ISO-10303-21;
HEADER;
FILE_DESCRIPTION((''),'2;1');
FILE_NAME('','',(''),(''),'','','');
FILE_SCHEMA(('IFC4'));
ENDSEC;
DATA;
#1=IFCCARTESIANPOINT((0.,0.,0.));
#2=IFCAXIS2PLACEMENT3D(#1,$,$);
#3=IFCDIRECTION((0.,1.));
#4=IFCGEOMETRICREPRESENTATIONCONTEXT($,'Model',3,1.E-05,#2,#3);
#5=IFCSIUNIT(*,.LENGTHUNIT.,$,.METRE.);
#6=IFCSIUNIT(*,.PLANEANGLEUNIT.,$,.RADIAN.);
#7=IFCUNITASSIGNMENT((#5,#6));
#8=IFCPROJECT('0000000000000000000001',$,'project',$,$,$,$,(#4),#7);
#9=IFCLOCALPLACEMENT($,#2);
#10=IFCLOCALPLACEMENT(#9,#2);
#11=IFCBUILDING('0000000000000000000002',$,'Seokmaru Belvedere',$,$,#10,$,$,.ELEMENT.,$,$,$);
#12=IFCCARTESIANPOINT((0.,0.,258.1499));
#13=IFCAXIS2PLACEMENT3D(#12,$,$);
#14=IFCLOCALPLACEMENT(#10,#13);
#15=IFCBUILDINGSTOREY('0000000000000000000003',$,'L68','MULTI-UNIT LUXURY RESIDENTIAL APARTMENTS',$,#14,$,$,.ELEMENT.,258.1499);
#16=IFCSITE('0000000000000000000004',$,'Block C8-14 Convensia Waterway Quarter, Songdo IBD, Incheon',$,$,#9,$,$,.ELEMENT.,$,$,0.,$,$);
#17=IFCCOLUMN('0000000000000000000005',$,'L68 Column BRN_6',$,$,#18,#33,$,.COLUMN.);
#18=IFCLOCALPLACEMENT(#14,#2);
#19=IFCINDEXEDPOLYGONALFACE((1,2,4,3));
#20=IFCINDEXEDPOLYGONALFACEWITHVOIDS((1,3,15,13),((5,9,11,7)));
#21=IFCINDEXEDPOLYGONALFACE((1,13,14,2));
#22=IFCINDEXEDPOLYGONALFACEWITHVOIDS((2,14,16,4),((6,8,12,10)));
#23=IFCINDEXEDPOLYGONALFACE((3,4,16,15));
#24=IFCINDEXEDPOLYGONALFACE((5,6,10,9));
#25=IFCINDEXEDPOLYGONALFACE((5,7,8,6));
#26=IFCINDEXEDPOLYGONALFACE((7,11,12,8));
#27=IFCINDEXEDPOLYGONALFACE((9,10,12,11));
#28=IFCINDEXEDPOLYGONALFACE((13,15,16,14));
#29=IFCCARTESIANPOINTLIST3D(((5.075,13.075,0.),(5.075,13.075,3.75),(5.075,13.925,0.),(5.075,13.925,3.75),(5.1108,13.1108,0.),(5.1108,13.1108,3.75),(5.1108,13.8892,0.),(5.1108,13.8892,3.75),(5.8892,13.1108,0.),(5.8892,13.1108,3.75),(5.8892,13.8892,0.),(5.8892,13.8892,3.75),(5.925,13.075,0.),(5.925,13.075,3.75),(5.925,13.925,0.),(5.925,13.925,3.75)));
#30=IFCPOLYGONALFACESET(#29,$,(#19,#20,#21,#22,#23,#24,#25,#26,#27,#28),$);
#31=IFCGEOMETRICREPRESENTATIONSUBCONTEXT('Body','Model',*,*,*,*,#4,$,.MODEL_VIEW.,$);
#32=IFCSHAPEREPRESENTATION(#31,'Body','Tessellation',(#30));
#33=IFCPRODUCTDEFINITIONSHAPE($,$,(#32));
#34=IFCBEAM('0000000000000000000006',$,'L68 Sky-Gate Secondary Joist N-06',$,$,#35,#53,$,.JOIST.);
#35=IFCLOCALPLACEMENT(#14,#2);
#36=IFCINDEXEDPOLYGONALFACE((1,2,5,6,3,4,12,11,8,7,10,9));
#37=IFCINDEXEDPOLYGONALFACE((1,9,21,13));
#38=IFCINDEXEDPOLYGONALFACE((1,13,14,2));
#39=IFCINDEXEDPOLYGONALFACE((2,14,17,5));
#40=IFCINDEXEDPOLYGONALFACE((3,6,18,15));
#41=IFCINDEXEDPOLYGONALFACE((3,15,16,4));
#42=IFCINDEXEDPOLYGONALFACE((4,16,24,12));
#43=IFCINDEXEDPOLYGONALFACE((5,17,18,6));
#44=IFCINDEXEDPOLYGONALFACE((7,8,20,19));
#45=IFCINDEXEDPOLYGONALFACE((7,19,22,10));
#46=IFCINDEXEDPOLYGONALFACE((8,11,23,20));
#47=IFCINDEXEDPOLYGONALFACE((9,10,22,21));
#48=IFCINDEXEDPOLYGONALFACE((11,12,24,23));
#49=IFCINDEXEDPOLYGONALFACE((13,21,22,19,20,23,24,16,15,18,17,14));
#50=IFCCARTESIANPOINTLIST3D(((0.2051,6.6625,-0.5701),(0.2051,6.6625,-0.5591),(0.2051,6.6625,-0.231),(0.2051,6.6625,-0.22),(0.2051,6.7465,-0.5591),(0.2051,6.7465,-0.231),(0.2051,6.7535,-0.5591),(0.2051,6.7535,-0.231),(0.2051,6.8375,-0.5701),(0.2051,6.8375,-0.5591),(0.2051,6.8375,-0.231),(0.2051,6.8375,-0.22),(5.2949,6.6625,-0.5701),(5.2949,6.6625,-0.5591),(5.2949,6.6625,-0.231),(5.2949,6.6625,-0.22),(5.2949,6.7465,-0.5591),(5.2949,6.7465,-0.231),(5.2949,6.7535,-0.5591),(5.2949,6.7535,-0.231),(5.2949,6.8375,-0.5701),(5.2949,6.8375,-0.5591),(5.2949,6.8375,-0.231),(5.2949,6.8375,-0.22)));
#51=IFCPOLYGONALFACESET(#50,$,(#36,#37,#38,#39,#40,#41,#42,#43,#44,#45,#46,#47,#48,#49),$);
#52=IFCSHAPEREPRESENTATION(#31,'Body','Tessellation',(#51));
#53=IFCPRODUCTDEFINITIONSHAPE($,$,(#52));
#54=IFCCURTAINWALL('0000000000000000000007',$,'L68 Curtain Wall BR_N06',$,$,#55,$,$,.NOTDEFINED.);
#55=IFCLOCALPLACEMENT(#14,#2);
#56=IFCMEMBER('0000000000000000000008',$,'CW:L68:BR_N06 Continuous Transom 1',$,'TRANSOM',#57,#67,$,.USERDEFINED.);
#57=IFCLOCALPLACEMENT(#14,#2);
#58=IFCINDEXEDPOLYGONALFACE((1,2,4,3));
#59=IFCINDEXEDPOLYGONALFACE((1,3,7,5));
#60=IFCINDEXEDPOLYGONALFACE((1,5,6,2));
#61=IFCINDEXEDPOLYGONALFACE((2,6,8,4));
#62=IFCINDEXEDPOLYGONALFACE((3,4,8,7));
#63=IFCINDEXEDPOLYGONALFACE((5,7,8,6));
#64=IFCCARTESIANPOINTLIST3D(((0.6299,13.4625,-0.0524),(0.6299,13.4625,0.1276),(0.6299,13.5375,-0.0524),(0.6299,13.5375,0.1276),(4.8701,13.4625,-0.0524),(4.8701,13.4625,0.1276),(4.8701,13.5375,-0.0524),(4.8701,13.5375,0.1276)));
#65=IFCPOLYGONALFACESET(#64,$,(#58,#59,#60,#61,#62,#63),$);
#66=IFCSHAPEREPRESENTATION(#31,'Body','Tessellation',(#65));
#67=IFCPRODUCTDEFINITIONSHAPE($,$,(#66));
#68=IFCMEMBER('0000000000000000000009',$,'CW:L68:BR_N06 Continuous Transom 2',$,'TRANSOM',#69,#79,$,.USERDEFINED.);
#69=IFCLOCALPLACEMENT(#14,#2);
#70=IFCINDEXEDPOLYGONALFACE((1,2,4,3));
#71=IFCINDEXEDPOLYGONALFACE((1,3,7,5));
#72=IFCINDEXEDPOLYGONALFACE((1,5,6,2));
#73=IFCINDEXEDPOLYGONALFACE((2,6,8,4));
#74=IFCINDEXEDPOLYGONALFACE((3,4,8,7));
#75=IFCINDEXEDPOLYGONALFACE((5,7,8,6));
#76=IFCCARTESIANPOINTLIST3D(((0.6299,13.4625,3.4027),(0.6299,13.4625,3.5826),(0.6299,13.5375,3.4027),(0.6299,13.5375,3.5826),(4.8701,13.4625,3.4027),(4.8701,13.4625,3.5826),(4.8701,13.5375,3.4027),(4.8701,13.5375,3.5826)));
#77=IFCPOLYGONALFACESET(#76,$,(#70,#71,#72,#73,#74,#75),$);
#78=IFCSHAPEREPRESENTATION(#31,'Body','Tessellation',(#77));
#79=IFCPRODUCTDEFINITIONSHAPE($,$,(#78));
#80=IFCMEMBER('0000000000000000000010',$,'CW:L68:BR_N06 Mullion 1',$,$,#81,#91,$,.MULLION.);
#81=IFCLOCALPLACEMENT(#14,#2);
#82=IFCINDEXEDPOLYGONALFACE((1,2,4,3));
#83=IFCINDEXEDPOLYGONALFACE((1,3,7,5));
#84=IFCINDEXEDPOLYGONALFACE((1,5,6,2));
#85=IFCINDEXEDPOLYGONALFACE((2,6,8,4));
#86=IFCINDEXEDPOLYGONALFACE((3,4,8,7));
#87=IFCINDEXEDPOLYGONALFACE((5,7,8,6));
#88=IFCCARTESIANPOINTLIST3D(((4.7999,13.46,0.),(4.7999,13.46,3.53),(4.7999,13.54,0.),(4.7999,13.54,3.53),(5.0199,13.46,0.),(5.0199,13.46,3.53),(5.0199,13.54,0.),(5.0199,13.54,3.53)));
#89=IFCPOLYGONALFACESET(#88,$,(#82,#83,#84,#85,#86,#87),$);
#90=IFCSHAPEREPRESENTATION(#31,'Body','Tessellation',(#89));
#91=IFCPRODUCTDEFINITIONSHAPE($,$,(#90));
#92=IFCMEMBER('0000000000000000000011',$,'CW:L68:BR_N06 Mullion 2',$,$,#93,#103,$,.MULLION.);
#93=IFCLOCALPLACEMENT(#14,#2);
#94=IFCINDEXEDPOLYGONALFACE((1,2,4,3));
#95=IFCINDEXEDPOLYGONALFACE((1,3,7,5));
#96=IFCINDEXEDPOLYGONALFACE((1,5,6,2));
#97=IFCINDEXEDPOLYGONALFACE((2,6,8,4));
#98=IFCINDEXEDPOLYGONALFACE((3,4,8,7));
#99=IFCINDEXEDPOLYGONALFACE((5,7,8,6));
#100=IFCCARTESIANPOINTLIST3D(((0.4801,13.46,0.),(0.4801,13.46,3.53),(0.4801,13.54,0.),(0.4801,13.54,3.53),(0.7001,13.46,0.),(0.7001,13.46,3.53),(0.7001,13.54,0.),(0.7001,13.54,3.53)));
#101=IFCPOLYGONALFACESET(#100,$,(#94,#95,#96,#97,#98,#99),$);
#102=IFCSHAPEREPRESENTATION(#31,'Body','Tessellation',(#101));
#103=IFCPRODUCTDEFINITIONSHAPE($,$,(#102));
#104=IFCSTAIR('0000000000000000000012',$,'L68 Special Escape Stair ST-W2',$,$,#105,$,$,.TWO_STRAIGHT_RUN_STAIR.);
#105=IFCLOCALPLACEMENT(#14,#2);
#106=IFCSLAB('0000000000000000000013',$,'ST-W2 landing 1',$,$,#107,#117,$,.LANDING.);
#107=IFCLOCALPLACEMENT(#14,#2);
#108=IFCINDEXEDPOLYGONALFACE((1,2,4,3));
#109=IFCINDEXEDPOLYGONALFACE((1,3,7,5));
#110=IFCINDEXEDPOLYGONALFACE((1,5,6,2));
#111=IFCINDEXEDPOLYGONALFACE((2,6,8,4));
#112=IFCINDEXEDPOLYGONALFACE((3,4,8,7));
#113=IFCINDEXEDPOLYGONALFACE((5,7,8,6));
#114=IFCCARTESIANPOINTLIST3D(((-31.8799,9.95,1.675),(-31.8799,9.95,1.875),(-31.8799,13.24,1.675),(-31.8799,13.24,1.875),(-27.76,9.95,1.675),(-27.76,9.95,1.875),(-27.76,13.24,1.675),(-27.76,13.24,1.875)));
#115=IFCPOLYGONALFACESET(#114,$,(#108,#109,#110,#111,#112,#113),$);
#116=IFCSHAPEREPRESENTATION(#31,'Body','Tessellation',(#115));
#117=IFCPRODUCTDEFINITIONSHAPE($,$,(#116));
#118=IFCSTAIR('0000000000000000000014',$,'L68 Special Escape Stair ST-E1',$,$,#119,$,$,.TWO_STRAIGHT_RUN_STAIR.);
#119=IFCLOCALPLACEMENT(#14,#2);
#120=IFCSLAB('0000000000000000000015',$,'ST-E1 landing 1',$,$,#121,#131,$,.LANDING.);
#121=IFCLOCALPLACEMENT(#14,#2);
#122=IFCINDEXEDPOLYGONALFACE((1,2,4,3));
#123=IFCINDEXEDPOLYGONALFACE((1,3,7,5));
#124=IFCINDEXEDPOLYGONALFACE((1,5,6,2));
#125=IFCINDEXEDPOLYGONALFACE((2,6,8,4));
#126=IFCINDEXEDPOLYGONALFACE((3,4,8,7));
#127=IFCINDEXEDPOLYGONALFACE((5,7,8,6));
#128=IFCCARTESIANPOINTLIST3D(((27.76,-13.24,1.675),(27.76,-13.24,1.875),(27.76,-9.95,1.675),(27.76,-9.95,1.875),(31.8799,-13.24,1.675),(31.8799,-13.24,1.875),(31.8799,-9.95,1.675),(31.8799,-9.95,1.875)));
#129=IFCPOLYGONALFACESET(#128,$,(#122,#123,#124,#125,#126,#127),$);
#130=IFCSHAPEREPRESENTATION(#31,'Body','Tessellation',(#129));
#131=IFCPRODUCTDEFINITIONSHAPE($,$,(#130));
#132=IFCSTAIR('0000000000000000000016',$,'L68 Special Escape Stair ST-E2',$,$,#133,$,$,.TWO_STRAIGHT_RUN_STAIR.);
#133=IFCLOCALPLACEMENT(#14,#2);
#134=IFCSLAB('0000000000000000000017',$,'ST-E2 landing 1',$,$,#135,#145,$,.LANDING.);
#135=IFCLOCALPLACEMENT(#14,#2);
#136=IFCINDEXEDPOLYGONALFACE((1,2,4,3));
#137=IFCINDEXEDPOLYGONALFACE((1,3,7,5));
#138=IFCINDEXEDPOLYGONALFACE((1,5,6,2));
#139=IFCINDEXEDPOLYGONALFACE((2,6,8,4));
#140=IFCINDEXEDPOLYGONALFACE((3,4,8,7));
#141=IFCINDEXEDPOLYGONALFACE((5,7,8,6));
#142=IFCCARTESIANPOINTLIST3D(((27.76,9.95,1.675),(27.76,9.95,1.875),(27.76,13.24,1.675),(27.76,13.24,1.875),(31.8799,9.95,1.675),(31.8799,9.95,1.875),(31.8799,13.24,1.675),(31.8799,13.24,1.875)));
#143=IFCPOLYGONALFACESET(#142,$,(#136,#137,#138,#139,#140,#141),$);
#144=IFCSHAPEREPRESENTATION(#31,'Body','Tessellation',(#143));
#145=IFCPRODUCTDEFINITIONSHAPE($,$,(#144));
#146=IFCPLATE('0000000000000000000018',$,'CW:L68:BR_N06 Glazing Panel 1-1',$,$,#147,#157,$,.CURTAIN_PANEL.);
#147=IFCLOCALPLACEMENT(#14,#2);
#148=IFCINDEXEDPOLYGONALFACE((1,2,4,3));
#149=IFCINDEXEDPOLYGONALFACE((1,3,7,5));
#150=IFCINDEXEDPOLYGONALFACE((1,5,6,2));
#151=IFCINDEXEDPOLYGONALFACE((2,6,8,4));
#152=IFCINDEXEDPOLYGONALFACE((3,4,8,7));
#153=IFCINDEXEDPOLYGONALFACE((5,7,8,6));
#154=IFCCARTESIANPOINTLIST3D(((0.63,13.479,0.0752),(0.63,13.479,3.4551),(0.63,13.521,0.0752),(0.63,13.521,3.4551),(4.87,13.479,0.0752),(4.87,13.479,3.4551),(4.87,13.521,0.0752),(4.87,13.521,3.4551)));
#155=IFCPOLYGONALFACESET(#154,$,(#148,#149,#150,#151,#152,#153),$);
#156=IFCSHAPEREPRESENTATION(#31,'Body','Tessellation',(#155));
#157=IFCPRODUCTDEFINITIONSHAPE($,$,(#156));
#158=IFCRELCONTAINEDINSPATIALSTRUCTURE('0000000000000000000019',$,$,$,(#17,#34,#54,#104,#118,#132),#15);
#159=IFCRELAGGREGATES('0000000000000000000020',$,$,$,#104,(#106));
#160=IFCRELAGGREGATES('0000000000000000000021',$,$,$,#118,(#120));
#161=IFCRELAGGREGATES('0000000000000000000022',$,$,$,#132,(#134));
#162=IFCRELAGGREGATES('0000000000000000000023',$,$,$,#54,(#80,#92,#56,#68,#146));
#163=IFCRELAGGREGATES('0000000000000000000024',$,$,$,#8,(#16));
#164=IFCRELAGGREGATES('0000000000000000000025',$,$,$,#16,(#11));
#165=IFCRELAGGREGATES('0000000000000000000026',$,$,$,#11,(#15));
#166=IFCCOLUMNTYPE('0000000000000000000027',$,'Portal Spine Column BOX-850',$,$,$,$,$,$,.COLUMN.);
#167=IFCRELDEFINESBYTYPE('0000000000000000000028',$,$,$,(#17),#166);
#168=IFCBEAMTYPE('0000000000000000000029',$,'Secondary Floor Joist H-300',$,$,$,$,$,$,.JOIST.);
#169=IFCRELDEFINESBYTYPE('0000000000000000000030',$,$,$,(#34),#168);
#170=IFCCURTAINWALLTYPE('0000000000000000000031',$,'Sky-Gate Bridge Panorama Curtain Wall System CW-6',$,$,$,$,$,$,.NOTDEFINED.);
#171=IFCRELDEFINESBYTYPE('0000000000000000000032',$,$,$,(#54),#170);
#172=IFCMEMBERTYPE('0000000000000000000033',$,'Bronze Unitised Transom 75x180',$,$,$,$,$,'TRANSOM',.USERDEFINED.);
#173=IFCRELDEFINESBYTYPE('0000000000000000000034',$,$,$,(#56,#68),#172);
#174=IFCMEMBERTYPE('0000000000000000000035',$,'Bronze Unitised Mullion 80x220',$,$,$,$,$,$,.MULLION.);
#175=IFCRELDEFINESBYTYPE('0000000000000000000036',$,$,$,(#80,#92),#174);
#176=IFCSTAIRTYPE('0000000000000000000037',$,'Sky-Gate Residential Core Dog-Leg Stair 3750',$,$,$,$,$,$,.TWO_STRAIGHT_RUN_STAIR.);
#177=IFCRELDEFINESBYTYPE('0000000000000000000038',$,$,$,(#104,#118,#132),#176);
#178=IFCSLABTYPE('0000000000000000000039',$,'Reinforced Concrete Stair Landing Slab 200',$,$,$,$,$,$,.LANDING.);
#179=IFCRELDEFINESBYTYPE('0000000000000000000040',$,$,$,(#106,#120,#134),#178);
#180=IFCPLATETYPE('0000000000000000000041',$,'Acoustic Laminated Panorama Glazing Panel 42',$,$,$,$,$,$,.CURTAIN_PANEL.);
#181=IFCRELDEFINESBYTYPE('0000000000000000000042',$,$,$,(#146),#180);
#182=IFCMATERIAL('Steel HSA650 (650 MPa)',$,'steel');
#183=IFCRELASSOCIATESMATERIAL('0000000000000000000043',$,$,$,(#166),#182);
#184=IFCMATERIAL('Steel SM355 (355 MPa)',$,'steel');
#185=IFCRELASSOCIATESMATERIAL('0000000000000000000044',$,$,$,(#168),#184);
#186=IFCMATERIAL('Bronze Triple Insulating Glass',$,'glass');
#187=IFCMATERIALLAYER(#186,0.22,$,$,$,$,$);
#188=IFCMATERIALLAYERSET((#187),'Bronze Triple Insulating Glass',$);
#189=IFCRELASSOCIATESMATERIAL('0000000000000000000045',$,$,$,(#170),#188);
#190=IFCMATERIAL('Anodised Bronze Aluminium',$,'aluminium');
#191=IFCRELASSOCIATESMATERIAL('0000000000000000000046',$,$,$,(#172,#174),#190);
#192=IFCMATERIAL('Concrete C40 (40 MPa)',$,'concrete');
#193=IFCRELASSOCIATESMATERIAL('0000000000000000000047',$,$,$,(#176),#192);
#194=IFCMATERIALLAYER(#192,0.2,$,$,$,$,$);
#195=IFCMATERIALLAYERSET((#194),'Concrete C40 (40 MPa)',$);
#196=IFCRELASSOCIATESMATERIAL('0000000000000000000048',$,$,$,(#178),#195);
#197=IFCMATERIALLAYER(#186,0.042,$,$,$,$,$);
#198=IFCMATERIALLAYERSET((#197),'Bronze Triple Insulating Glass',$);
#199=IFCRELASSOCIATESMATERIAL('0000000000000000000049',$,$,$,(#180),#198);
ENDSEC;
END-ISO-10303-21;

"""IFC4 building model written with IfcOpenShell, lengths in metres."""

from ifc_helpers import new_model, si_unit, direction, frame, origin, origin_2d, place, context, subcontext, project, spatial, polyline, rectangle, hollow_rectangle, i_section, outline, extrude, source, transform, mapped, material, layer, layer_set, material_profile, profile_set, type_object, type_shapes, element, aggregate, save


model = new_model("IFC4")

# Units and contexts
model_context = context("Model", 3, precision=1e-05, world=origin(), true_north=direction((0.0, 1.0)))
body_context = subcontext(model_context, "Body", "Model", "MODEL_VIEW")
ifc_project = project(units=[si_unit("LENGTHUNIT", "METRE"), si_unit("PLANEANGLEUNIT", "RADIAN")], contexts=[model_context])

# Site, building, storey
site_placement = place(None, origin())
site = spatial("IfcSite", under=ifc_project, at=site_placement, Name="Block C8-14 Convensia Waterway Quarter, Songdo IBD, Incheon", CompositionType="ELEMENT", RefElevation=0.0)
building_placement = place(site_placement, origin())
building = spatial("IfcBuilding", under=site, at=building_placement, Name="Seokmaru Belvedere", CompositionType="ELEMENT")
storey_placement = place(building_placement, frame((0.0, 0.0, 258.1499)))
storey = spatial("IfcBuildingStorey", under=building, at=storey_placement, Name="L68", Description="MULTI-UNIT LUXURY RESIDENTIAL APARTMENTS", CompositionType="ELEMENT", Elevation=258.1499)

# Column
ifc_material_1 = material(Name="Steel HSA650 (650 MPa)", Category="steel")
ifc_material_profile_1 = material_profile(ifc_material_1, hollow_rectangle(XDim=0.8501, YDim=0.8501, WallThickness=0.0359, at=origin_2d()), Name="BOX-850x850x36")
ifc_profile_set_1 = profile_set([ifc_material_profile_1], Name="Steel HSA650 (650 MPa)")
column_type = type_object("IfcColumnType", Name="Portal Spine Column BOX-850", PredefinedType="COLUMN", material=ifc_profile_set_1)
shared_shape_1 = source(origin(), body_context, "Body", "SweptSolid", [
    extrude(hollow_rectangle(XDim=0.8501, YDim=0.8501, WallThickness=0.0359, at=origin_2d()), origin(), (0.0, 0.0, 1.0), 3.75),
])
type_shapes(column_type, [shared_shape_1])
column_placement = place(storey_placement, frame((5.5, 13.5, 0.0), z_axis=(0.0, 0.0, 1.0), x_axis=(1.0, 0.0, 0.0)))
element("IfcColumn", 1, at=column_placement, inside=storey, type_object=column_type, Name="L68 Column BRN_6", PredefinedType="COLUMN", context=body_context, shape_type="MappedRepresentation", body=[
    mapped(shared_shape_1, transform((0.0, 0.0, 0.0), scale=1.0)),
])

# Beam
ifc_material_2 = material(Name="Steel SM355 (355 MPa)", Category="steel")
ifc_material_profile_2 = material_profile(ifc_material_2, i_section(OverallWidth=0.175, OverallDepth=0.3501, WebThickness=0.0071, FlangeThickness=0.011, at=origin_2d()), Name="H-350x175x7x11")
ifc_profile_set_2 = profile_set([ifc_material_profile_2], Name="Steel SM355 (355 MPa)")
beam_type = type_object("IfcBeamType", Name="Secondary Floor Joist H-300", PredefinedType="JOIST", material=ifc_profile_set_2)
shared_shape_2 = source(origin(), body_context, "Body", "SweptSolid", [
    extrude(i_section(OverallWidth=0.175, OverallDepth=0.3501, WebThickness=0.0071, FlangeThickness=0.011, at=origin_2d()), origin(), (0.0, 0.0, 1.0), 5.0898),
])
type_shapes(beam_type, [shared_shape_2])
beam_placement = place(storey_placement, frame((0.2051, 6.75, -0.395), z_axis=(1.0, 0.0, 0.0), x_axis=(0.0, 1.0, 0.0)))
element("IfcBeam", 2, at=beam_placement, inside=storey, type_object=beam_type, Name="L68 Sky-Gate Secondary Joist N-06", PredefinedType="JOIST", context=body_context, shape_type="MappedRepresentation", body=[
    mapped(shared_shape_2, transform((0.0, 0.0, 0.0), scale=1.0)),
])

# Curtain wall, members
ifc_material_3 = material(Name="Bronze Triple Insulating Glass", Category="glass")
ifc_layer_1 = layer(ifc_material_3, 0.22)
ifc_layer_set_1 = layer_set([ifc_layer_1], Name="Bronze Triple Insulating Glass")
curtain_wall_type = type_object("IfcCurtainWallType", Name="Sky-Gate Bridge Panorama Curtain Wall System CW-6", PredefinedType="NOTDEFINED", material=ifc_layer_set_1)
curtain_wall_placement = place(storey_placement, origin())
curtain_wall = element("IfcCurtainWall", 3, at=curtain_wall_placement, inside=storey, type_object=curtain_wall_type, Name="L68 Curtain Wall BR_N06", PredefinedType="NOTDEFINED")
ifc_material_4 = material(Name="Anodised Bronze Aluminium", Category="aluminium")
ifc_material_profile_3 = material_profile(ifc_material_4, rectangle(XDim=0.075, YDim=0.1799, at=origin_2d()), Name="CW-T-75x180")
ifc_profile_set_3 = profile_set([ifc_material_profile_3], Name="Anodised Bronze Aluminium")
member_type_1 = type_object("IfcMemberType", Name="Bronze Unitised Transom 75x180", ElementType="TRANSOM", PredefinedType="USERDEFINED", material=ifc_profile_set_3)
shared_shape_3 = source(origin(), body_context, "Body", "SweptSolid", [
    extrude(rectangle(XDim=0.075, YDim=0.1799, at=origin_2d()), origin(), (0.0, 0.0, 1.0), 4.2402),
])
type_shapes(member_type_1, [shared_shape_3])
member_1_placement = place(storey_placement, frame((4.8701, 13.5, 0.0376), z_axis=(-1.0, 0.0, 0.0), x_axis=(0.0, -1.0, 0.0)))
member_1 = element("IfcMember", 4, at=member_1_placement, type_object=member_type_1, Name="CW:L68:BR_N06 Continuous Transom 1", ObjectType="TRANSOM", PredefinedType="USERDEFINED", context=body_context, shape_type="MappedRepresentation", body=[
    mapped(shared_shape_3, transform((0.0, 0.0, 0.0), scale=1.0)),
])
member_2_placement = place(storey_placement, frame((4.8701, 13.5, 3.4927), z_axis=(-1.0, 0.0, 0.0), x_axis=(0.0, -1.0, 0.0)))
member_2 = element("IfcMember", 5, at=member_2_placement, type_object=member_type_1, Name="CW:L68:BR_N06 Continuous Transom 2", ObjectType="TRANSOM", PredefinedType="USERDEFINED", context=body_context, shape_type="MappedRepresentation", body=[
    mapped(shared_shape_3, transform((0.0, 0.0, 0.0), scale=1.0)),
])
ifc_material_profile_4 = material_profile(ifc_material_4, rectangle(XDim=0.0801, YDim=0.22, at=origin_2d()), Name="CW-M-80x220")
ifc_profile_set_4 = profile_set([ifc_material_profile_4], Name="Anodised Bronze Aluminium")
member_type_2 = type_object("IfcMemberType", Name="Bronze Unitised Mullion 80x220", PredefinedType="MULLION", material=ifc_profile_set_4)
shared_shape_4 = source(origin(), body_context, "Body", "SweptSolid", [
    extrude(rectangle(XDim=0.0801, YDim=0.22, at=origin_2d()), origin(), (0.0, 0.0, 1.0), 3.53),
])
type_shapes(member_type_2, [shared_shape_4])
member_3_placement = place(storey_placement, frame((4.9099, 13.5, 0.0), z_axis=(0.0, 0.0, 1.0), x_axis=(0.0, -1.0, 0.0)))
member_3 = element("IfcMember", 6, at=member_3_placement, type_object=member_type_2, Name="CW:L68:BR_N06 Mullion 1", PredefinedType="MULLION", context=body_context, shape_type="MappedRepresentation", body=[
    mapped(shared_shape_4, transform((0.0, 0.0, 0.0), scale=1.0)),
])
member_4_placement = place(storey_placement, frame((0.5901, 13.5, 0.0), z_axis=(0.0, 0.0, 1.0), x_axis=(0.0, -1.0, 0.0)))
member_4 = element("IfcMember", 7, at=member_4_placement, type_object=member_type_2, Name="CW:L68:BR_N06 Mullion 2", PredefinedType="MULLION", context=body_context, shape_type="MappedRepresentation", body=[
    mapped(shared_shape_4, transform((0.0, 0.0, 0.0), scale=1.0)),
])

# Stairs, slabs
ifc_material_5 = material(Name="Concrete C40 (40 MPa)", Category="concrete")
stair_type = type_object("IfcStairType", Name="Sky-Gate Residential Core Dog-Leg Stair 3750", PredefinedType="TWO_STRAIGHT_RUN_STAIR", material=ifc_material_5)
stair_1_placement = place(storey_placement, origin())
stair_1 = element("IfcStair", 8, at=stair_1_placement, inside=storey, type_object=stair_type, Name="L68 Special Escape Stair ST-W2", PredefinedType="TWO_STRAIGHT_RUN_STAIR")
ifc_layer_2 = layer(ifc_material_5, 0.2)
ifc_layer_set_2 = layer_set([ifc_layer_2], Name="Concrete C40 (40 MPa)")
slab_type = type_object("IfcSlabType", Name="Reinforced Concrete Stair Landing Slab 200", PredefinedType="LANDING", material=ifc_layer_set_2)
slab_1_placement = place(storey_placement, frame((0.0, 0.0, 1.675)))
slab_1 = element("IfcSlab", 9, at=slab_1_placement, type_object=slab_type, Name="ST-W2 landing 1", PredefinedType="LANDING", context=body_context, shape_type="SweptSolid", body=[
    extrude(outline(polyline([(-31.8799, 9.95), (-27.76, 9.95), (-27.76, 13.24), (-31.8799, 13.24), (-31.8799, 9.95)])), origin(), (0.0, 0.0, 1.0), 0.2),
])
aggregate(stair_1, [slab_1])
stair_2_placement = place(storey_placement, origin())
stair_2 = element("IfcStair", 10, at=stair_2_placement, inside=storey, type_object=stair_type, Name="L68 Special Escape Stair ST-E1", PredefinedType="TWO_STRAIGHT_RUN_STAIR")
slab_2_placement = place(storey_placement, frame((0.0, 0.0, 1.675)))
slab_2 = element("IfcSlab", 11, at=slab_2_placement, type_object=slab_type, Name="ST-E1 landing 1", PredefinedType="LANDING", context=body_context, shape_type="SweptSolid", body=[
    extrude(outline(polyline([(27.76, -13.24), (31.8799, -13.24), (31.8799, -9.95), (27.76, -9.95), (27.76, -13.24)])), origin(), (0.0, 0.0, 1.0), 0.2),
])
aggregate(stair_2, [slab_2])
stair_3_placement = place(storey_placement, origin())
stair_3 = element("IfcStair", 12, at=stair_3_placement, inside=storey, type_object=stair_type, Name="L68 Special Escape Stair ST-E2", PredefinedType="TWO_STRAIGHT_RUN_STAIR")
slab_3_placement = place(storey_placement, frame((0.0, 0.0, 1.675)))
slab_3 = element("IfcSlab", 13, at=slab_3_placement, type_object=slab_type, Name="ST-E2 landing 1", PredefinedType="LANDING", context=body_context, shape_type="SweptSolid", body=[
    extrude(outline(polyline([(27.76, 9.95), (31.8799, 9.95), (31.8799, 13.24), (27.76, 13.24), (27.76, 9.95)])), origin(), (0.0, 0.0, 1.0), 0.2),
])
aggregate(stair_3, [slab_3])

# Plate
ifc_layer_3 = layer(ifc_material_3, 0.042)
ifc_layer_set_3 = layer_set([ifc_layer_3], Name="Bronze Triple Insulating Glass")
plate_type = type_object("IfcPlateType", Name="Acoustic Laminated Panorama Glazing Panel 42", PredefinedType="CURTAIN_PANEL", material=ifc_layer_set_3)
shared_shape_5 = source(origin(), body_context, "Body", "SweptSolid", [
    extrude(rectangle(XDim=4.24, YDim=0.042, at=origin_2d()), origin(), (0.0, 0.0, 1.0), 3.3799),
])
type_shapes(plate_type, [shared_shape_5])
plate_placement = place(storey_placement, frame((2.75, 13.5, 0.0752), z_axis=(0.0, 0.0, 1.0), x_axis=(-1.0, 0.0, 0.0)))
plate = element("IfcPlate", 14, at=plate_placement, type_object=plate_type, Name="CW:L68:BR_N06 Glazing Panel 1-1", PredefinedType="CURTAIN_PANEL", context=body_context, shape_type="MappedRepresentation", body=[
    mapped(shared_shape_5, transform((0.0, 0.0, 0.0), scale=1.0)),
])
aggregate(curtain_wall, [member_3, member_4, member_1, member_2, plate])

save(model, "model.ifc")
